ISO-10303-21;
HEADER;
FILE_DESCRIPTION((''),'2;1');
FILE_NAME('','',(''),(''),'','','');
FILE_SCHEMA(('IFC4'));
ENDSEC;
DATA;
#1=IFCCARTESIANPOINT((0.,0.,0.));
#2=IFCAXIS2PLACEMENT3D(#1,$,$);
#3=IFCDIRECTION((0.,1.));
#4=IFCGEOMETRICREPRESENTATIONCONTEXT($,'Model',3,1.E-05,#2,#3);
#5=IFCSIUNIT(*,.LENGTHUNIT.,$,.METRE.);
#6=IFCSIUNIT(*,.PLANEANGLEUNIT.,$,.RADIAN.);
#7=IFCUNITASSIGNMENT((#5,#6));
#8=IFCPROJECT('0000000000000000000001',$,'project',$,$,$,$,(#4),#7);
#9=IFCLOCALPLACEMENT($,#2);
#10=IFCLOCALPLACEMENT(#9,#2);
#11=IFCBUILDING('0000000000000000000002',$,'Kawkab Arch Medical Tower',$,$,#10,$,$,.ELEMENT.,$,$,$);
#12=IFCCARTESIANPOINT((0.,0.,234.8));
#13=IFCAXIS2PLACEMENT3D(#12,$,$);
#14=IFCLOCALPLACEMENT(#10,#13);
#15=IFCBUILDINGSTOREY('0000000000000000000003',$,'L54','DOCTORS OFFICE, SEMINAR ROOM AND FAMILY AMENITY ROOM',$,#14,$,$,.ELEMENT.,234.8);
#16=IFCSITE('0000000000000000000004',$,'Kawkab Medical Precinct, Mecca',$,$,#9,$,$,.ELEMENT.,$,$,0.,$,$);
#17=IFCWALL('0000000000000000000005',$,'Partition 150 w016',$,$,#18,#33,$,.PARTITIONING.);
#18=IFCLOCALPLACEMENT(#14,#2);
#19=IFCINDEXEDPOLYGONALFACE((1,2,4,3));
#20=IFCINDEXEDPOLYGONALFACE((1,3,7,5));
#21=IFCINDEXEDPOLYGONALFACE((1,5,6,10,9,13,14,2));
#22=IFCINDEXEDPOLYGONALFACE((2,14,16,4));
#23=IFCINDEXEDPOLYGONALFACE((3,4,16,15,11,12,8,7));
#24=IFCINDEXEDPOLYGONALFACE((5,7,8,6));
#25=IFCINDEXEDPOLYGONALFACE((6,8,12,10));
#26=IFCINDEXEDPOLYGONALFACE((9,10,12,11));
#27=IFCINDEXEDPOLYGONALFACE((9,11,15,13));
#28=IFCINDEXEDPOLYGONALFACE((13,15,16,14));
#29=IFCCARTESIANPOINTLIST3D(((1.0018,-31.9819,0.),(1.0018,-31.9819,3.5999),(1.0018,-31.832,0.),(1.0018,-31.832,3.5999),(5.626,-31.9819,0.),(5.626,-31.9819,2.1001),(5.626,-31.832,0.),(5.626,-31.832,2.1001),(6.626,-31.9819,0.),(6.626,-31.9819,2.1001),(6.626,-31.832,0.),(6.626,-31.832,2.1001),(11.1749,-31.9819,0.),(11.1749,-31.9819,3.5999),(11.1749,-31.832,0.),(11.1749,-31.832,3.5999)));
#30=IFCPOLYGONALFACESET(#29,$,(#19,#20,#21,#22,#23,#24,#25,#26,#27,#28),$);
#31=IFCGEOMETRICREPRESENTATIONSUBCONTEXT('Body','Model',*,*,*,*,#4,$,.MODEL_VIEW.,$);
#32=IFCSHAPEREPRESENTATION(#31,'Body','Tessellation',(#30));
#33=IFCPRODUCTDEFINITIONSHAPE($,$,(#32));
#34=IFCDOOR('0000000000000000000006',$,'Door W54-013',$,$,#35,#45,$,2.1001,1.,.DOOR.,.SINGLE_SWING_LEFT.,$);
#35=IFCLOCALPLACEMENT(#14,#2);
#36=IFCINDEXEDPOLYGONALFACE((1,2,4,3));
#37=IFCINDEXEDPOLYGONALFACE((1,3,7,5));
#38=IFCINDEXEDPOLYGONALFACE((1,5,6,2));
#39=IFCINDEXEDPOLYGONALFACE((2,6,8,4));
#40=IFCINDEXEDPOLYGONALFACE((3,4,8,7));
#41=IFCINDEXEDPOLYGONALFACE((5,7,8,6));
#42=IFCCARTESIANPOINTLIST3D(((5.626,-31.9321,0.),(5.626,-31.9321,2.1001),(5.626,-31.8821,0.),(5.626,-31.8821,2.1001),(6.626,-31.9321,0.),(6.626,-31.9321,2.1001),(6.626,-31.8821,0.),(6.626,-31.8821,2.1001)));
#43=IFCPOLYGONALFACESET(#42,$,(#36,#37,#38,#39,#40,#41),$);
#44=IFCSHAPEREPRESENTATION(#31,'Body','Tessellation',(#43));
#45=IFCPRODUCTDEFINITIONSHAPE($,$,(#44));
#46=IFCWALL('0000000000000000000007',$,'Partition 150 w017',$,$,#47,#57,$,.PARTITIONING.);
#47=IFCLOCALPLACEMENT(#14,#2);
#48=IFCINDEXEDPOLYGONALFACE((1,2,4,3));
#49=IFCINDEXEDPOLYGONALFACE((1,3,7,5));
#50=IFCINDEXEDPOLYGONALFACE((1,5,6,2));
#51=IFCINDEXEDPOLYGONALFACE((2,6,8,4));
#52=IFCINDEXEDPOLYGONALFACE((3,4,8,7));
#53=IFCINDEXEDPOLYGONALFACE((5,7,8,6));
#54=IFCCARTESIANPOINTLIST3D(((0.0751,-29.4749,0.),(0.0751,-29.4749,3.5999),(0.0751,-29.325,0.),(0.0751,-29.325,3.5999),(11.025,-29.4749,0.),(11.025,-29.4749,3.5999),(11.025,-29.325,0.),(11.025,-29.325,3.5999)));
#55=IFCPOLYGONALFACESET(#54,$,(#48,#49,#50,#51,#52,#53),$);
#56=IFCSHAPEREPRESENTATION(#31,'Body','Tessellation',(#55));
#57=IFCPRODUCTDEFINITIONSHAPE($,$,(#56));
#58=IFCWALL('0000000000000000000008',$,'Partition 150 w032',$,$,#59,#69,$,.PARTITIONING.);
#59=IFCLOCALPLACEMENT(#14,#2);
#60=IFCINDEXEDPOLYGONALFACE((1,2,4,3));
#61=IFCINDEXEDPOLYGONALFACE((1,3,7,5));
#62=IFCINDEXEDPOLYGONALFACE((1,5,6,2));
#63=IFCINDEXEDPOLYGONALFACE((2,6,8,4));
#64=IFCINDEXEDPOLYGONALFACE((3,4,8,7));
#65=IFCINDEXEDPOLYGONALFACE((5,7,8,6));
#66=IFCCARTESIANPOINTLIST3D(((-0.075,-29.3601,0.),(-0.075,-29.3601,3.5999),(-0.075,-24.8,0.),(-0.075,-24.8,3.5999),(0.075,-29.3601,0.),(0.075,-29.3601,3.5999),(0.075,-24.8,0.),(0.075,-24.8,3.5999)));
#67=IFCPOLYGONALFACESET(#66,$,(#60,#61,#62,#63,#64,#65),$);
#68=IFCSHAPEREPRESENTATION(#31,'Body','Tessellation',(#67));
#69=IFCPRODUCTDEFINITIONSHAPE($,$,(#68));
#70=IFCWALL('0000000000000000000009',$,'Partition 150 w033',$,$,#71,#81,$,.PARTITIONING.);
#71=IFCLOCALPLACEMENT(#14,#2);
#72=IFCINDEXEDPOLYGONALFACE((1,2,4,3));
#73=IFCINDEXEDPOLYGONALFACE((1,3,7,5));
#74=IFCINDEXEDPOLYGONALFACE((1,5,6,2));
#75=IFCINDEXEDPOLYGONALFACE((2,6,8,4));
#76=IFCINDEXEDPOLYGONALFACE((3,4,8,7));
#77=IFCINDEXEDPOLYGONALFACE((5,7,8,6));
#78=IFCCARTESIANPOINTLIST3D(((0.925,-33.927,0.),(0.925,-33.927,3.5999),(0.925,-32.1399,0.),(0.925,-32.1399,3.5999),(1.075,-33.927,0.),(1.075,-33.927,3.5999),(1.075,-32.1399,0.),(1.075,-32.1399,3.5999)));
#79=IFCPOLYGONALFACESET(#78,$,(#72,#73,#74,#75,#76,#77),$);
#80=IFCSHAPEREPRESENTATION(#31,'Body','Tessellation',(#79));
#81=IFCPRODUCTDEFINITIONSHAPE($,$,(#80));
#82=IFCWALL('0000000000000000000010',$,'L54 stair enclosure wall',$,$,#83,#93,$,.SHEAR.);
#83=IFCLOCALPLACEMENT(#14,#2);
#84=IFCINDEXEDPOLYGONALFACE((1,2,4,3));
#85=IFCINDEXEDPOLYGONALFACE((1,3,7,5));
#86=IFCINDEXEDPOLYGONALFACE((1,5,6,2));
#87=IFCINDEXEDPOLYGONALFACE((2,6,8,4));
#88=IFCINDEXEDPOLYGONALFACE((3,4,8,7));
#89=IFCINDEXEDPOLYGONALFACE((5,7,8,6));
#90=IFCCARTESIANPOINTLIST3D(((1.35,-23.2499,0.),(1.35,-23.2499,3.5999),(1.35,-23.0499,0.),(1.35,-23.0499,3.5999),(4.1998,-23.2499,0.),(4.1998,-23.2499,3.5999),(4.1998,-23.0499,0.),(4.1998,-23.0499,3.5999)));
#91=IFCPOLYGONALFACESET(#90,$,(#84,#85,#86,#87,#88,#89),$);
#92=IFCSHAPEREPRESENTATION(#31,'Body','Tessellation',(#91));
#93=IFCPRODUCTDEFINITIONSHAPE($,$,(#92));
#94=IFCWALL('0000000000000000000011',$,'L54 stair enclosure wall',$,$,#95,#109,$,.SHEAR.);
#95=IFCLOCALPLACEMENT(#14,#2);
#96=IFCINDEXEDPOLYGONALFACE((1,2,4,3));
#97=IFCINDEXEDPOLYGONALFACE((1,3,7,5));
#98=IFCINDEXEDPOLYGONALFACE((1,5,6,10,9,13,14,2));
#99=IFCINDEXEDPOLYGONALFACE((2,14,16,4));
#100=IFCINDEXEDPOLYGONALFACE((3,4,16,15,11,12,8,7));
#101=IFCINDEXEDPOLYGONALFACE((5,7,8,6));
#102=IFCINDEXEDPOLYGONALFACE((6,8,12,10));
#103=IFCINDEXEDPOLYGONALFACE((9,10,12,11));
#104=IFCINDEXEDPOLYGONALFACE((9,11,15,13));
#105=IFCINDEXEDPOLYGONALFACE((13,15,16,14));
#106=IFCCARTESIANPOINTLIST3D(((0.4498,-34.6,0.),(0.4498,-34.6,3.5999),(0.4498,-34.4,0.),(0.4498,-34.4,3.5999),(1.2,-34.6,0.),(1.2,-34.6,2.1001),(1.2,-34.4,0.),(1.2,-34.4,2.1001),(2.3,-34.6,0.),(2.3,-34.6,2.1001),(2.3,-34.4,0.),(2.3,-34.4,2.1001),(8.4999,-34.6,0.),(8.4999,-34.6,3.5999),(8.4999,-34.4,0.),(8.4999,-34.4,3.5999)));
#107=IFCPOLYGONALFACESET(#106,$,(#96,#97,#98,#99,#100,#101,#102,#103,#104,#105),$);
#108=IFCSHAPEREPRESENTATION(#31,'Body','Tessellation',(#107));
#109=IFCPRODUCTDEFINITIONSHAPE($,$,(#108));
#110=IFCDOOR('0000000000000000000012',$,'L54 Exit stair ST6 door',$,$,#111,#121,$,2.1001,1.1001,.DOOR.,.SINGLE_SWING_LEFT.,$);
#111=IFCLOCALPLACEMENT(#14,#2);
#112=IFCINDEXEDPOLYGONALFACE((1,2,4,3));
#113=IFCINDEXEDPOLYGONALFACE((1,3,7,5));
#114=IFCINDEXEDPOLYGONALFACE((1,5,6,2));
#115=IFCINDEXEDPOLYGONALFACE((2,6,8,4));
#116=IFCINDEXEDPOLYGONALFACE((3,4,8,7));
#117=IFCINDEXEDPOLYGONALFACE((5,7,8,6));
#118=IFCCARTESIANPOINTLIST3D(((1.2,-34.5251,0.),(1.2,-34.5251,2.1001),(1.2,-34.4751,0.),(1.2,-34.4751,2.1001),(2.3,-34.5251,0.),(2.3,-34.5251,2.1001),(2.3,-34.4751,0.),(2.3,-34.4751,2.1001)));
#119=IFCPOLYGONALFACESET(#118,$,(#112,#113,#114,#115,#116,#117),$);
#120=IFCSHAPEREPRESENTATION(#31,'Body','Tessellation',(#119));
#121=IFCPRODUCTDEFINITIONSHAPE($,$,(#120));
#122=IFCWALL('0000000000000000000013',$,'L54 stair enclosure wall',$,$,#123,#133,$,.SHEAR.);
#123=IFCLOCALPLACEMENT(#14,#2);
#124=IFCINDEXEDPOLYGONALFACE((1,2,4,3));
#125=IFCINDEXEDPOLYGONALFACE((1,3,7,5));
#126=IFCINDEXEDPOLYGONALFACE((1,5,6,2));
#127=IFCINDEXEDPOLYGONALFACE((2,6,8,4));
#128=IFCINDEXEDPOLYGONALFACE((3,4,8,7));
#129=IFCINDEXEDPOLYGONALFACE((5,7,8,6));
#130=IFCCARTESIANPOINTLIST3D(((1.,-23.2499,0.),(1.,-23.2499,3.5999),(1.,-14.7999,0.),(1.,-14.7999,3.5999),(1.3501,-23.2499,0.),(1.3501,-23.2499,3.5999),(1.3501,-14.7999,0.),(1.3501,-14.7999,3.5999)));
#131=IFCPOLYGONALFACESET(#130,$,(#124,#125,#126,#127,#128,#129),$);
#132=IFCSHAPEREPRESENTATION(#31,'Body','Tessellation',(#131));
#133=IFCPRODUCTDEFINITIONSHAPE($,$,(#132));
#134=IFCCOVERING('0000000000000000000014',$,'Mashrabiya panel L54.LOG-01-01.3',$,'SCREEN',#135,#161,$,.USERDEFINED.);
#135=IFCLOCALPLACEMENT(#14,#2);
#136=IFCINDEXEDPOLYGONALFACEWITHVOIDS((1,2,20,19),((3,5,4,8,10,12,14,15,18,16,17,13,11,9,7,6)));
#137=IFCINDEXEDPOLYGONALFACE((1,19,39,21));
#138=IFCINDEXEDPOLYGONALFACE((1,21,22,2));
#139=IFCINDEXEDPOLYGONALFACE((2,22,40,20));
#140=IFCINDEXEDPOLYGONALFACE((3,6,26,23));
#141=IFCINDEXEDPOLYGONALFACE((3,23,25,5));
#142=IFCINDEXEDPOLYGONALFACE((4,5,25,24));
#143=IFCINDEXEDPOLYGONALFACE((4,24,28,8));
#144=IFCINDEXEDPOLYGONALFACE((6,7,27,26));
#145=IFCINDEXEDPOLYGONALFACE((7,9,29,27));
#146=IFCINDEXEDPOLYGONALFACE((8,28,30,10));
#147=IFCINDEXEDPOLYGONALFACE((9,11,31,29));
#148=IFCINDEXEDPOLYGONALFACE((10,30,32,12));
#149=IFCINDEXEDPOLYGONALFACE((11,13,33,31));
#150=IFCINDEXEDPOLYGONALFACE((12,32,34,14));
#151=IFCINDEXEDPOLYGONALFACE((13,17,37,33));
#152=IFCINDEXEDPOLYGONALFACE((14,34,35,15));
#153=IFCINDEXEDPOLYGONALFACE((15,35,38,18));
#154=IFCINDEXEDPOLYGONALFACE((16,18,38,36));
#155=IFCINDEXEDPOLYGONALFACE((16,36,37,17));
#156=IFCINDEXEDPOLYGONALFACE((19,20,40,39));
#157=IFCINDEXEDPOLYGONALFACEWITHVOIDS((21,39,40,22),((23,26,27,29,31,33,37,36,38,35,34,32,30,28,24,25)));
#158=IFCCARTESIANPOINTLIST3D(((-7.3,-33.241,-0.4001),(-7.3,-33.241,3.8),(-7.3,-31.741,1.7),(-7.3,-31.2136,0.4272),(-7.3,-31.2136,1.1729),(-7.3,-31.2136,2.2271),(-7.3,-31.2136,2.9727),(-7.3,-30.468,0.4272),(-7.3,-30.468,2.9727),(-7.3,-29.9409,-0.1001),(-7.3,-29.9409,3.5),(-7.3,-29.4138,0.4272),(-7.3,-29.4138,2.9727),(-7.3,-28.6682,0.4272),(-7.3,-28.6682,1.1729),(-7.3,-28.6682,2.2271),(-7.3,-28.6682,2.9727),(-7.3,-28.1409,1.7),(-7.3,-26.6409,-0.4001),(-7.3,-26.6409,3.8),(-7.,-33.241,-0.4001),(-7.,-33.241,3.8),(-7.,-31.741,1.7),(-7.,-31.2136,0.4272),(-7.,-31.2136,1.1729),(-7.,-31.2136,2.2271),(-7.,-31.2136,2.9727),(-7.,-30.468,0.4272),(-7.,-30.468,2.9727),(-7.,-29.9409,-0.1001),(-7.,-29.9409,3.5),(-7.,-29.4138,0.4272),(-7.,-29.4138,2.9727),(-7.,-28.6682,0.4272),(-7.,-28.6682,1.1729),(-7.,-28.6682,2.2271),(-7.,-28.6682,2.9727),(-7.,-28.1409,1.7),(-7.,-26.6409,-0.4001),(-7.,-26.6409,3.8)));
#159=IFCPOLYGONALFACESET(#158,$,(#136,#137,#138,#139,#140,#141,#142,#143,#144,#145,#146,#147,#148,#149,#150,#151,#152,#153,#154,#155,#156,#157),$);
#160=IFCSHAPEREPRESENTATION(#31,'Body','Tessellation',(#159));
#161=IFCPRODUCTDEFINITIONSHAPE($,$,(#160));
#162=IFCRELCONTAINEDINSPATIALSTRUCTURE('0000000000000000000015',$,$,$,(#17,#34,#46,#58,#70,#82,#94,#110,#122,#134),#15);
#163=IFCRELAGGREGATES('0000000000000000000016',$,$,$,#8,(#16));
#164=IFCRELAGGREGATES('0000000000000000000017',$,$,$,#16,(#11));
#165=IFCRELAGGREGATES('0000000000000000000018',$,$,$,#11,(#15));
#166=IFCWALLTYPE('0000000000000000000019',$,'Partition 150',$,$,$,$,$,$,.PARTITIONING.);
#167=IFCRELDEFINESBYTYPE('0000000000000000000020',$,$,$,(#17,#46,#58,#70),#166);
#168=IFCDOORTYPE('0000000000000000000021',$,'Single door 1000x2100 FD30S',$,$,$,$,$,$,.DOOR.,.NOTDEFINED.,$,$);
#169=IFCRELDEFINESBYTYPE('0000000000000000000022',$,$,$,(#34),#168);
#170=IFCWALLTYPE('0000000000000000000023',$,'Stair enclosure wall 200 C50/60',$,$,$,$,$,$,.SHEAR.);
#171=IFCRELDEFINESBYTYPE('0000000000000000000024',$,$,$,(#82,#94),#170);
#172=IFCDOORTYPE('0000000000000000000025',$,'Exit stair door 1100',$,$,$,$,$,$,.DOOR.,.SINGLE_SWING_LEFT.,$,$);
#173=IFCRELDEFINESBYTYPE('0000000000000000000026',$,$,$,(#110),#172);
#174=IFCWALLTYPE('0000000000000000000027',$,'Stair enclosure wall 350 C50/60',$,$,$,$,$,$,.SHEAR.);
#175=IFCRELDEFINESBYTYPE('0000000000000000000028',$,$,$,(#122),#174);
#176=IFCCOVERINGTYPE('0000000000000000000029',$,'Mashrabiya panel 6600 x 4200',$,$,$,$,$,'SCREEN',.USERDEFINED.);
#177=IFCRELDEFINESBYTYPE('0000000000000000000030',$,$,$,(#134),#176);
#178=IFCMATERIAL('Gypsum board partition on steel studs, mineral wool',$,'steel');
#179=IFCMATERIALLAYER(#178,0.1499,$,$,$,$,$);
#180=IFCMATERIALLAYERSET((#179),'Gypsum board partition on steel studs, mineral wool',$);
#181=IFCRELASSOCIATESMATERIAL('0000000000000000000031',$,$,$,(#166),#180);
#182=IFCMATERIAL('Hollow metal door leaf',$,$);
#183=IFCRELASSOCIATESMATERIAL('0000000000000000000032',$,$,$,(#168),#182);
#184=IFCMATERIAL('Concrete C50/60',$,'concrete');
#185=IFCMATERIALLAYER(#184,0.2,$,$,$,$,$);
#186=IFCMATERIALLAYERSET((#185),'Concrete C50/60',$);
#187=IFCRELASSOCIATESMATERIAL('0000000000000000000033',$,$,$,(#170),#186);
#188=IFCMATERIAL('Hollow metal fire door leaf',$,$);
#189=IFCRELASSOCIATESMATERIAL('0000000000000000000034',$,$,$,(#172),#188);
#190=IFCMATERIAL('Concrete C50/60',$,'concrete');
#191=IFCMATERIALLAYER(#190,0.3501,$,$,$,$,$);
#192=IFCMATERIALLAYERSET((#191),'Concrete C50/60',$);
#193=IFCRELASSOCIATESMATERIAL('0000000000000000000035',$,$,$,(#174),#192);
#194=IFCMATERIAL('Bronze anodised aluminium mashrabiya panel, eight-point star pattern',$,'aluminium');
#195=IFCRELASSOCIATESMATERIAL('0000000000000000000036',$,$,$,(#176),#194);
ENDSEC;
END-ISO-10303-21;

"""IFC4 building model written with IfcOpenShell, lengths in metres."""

from ifc_helpers import new_model, si_unit, direction, frame, frame_2d, origin, place, context, subcontext, project, spatial, polyline, rectangle, outline, extrude, material, layer, layer_set, material_profile, profile_set, type_object, element, fill, save


model = new_model("IFC4")

# Units and contexts
model_context = context("Model", 3, precision=1e-05, world=origin(), true_north=direction((0.0, 1.0)))
body_context = subcontext(model_context, "Body", "Model", "MODEL_VIEW")
ifc_project = project(units=[si_unit("LENGTHUNIT", "METRE"), si_unit("PLANEANGLEUNIT", "RADIAN")], contexts=[model_context])

# Site, building, storey
site_placement = place(None, origin())
site = spatial("IfcSite", under=ifc_project, at=site_placement, Name="Kawkab Medical Precinct, Mecca", CompositionType="ELEMENT", RefElevation=0.0)
building_placement = place(site_placement, origin())
building = spatial("IfcBuilding", under=site, at=building_placement, Name="Kawkab Arch Medical Tower", CompositionType="ELEMENT")
storey_placement = place(building_placement, frame((0.0, 0.0, 234.8)))
storey = spatial("IfcBuildingStorey", under=building, at=storey_placement, Name="L54", Description="DOCTORS OFFICE, SEMINAR ROOM AND FAMILY AMENITY ROOM", CompositionType="ELEMENT", Elevation=234.8)

# Shared definitions
ifc_material_1 = material(Name="Gypsum board partition on steel studs, mineral wool", Category="steel")
ifc_layer_1 = layer(ifc_material_1, 0.1499)
ifc_layer_set_1 = layer_set([ifc_layer_1], Name="Gypsum board partition on steel studs, mineral wool")
wall_type_1 = type_object("IfcWallType", Name="Partition 150", PredefinedType="PARTITIONING", material=ifc_layer_set_1)

# Wall, opening, door
wall_1_placement = place(storey_placement, frame((1.002, -31.907, 0.0), z_axis=(0.0, 0.0, 1.0), x_axis=(1.0, 0.0, 0.0)))
wall_1 = element("IfcWall", 1, at=wall_1_placement, inside=storey, type_object=wall_type_1, Name="Partition 150 w016", PredefinedType="PARTITIONING", context=body_context, shape_type="SweptSolid", body=[
    extrude(rectangle(XDim=10.1731, YDim=0.1499, at=frame_2d((5.0864, 0.0))), origin(), (0.0, 0.0, 1.0), 3.5999),
])
opening_1_placement = place(wall_1_placement, frame((4.624, 0.0, 0.0)))
opening_1 = element("IfcOpeningElement", 2, at=opening_1_placement, cuts=wall_1, PredefinedType="OPENING", context=body_context, shape_type="SweptSolid", body=[
    extrude(rectangle(XDim=1.0, YDim=2.1001, at=frame_2d((0.5, 1.05))), frame((0.0, 0.085, 0.0), z_axis=(0.0, -1.0, 0.0), x_axis=(1.0, 0.0, 0.0)), (0.0, 0.0, 1.0), 0.1699),
])
ifc_material_2 = material(Name="Hollow metal door leaf")
door_type_1 = type_object("IfcDoorType", Name="Single door 1000x2100 FD30S", OperationType="NOTDEFINED", PredefinedType="DOOR", material=ifc_material_2)
door_1_placement = place(opening_1_placement, origin())
door_1 = element("IfcDoor", 3, at=door_1_placement, inside=storey, type_object=door_type_1, Name="Door W54-013", OperationType="SINGLE_SWING_LEFT", OverallHeight=2.1001, OverallWidth=1.0, PredefinedType="DOOR", context=body_context, shape_type="SweptSolid", body=[
    extrude(rectangle(XDim=1.0, YDim=2.1001, at=frame_2d((0.5, 1.05))), frame((0.0, 0.0249, 0.0), z_axis=(0.0, -1.0, 0.0), x_axis=(1.0, 0.0, 0.0)), (0.0, 0.0, 1.0), 0.05),
])
fill(opening_1, door_1)

# Walls
wall_2_placement = place(storey_placement, frame((0.075, -29.3999, 0.0), z_axis=(0.0, 0.0, 1.0), x_axis=(1.0, 0.0, 0.0)))
element("IfcWall", 4, at=wall_2_placement, inside=storey, type_object=wall_type_1, Name="Partition 150 w017", PredefinedType="PARTITIONING", context=body_context, shape_type="SweptSolid", body=[
    extrude(rectangle(XDim=10.95, YDim=0.1499, at=frame_2d((5.4751, 0.0))), origin(), (0.0, 0.0, 1.0), 3.5999),
])
wall_3_placement = place(storey_placement, frame((0.0, -29.3601, 0.0), z_axis=(0.0, 0.0, 1.0), x_axis=(0.0, 1.0, 0.0)))
element("IfcWall", 5, at=wall_3_placement, inside=storey, type_object=wall_type_1, Name="Partition 150 w032", PredefinedType="PARTITIONING", context=body_context, shape_type="SweptSolid", body=[
    extrude(rectangle(XDim=4.5601, YDim=0.1499, at=frame_2d((2.28, 0.0))), origin(), (0.0, 0.0, 1.0), 3.5999),
])
wall_4_placement = place(storey_placement, frame((1.0, -33.927, 0.0), z_axis=(0.0, 0.0, 1.0), x_axis=(0.0, 1.0, 0.0)))
element("IfcWall", 6, at=wall_4_placement, inside=storey, type_object=wall_type_1, Name="Partition 150 w033", PredefinedType="PARTITIONING", context=body_context, shape_type="SweptSolid", body=[
    extrude(rectangle(XDim=1.7871, YDim=0.1499, at=frame_2d((0.8936, 0.0))), origin(), (0.0, 0.0, 1.0), 3.5999),
])
ifc_material_3 = material(Name="Concrete C50/60", Category="concrete")
ifc_layer_2 = layer(ifc_material_3, 0.2)
ifc_layer_set_2 = layer_set([ifc_layer_2], Name="Concrete C50/60")
wall_type_2 = type_object("IfcWallType", Name="Stair enclosure wall 200 C50/60", PredefinedType="SHEAR", material=ifc_layer_set_2)
wall_5_placement = place(storey_placement, frame((1.3501, -23.1499, 0.0), z_axis=(0.0, 0.0, 1.0), x_axis=(1.0, 0.0, 0.0)))
element("IfcWall", 7, at=wall_5_placement, inside=storey, type_object=wall_type_2, Name="L54 stair enclosure wall", PredefinedType="SHEAR", context=body_context, shape_type="SweptSolid", body=[
    extrude(rectangle(XDim=2.8499, YDim=0.2, at=frame_2d((1.4248, 0.0))), origin(), (0.0, 0.0, 1.0), 3.5999),
])

# Wall, opening, door
wall_6_placement = place(storey_placement, frame((0.45, -34.5, 0.0), z_axis=(0.0, 0.0, 1.0), x_axis=(1.0, 0.0, 0.0)))
wall_6 = element("IfcWall", 8, at=wall_6_placement, inside=storey, type_object=wall_type_2, Name="L54 stair enclosure wall", PredefinedType="SHEAR", context=body_context, shape_type="SweptSolid", body=[
    extrude(rectangle(XDim=8.05, YDim=0.2, at=frame_2d((4.0249, 0.0))), origin(), (0.0, 0.0, 1.0), 3.5999),
])
opening_2_placement = place(wall_6_placement, frame((0.75, 0.0, 0.0)))
opening_2 = element("IfcOpeningElement", 9, at=opening_2_placement, cuts=wall_6, PredefinedType="OPENING", context=body_context, shape_type="SweptSolid", body=[
    extrude(rectangle(XDim=1.1001, YDim=2.1001, at=frame_2d((0.55, 1.05))), frame((0.0, 0.1099, 0.0), z_axis=(0.0, -1.0, 0.0), x_axis=(1.0, 0.0, 0.0)), (0.0, 0.0, 1.0), 0.22),
])
ifc_material_4 = material(Name="Hollow metal fire door leaf")
door_type_2 = type_object("IfcDoorType", Name="Exit stair door 1100", OperationType="SINGLE_SWING_LEFT", PredefinedType="DOOR", material=ifc_material_4)
door_2_placement = place(opening_2_placement, origin())
door_2 = element("IfcDoor", 10, at=door_2_placement, inside=storey, type_object=door_type_2, Name="L54 Exit stair ST6 door", OperationType="SINGLE_SWING_LEFT", OverallHeight=2.1001, OverallWidth=1.1001, PredefinedType="DOOR", context=body_context, shape_type="SweptSolid", body=[
    extrude(rectangle(XDim=1.1001, YDim=2.1001, at=frame_2d((0.55, 1.05))), frame((0.0, 0.0249, 0.0), z_axis=(0.0, -1.0, 0.0), x_axis=(1.0, 0.0, 0.0)), (0.0, 0.0, 1.0), 0.05),
])
fill(opening_2, door_2)

# Wall
ifc_material_5 = material(Name="Concrete C50/60", Category="concrete")
ifc_layer_3 = layer(ifc_material_5, 0.3501)
ifc_layer_set_3 = layer_set([ifc_layer_3], Name="Concrete C50/60")
wall_type_3 = type_object("IfcWallType", Name="Stair enclosure wall 350 C50/60", PredefinedType="SHEAR", material=ifc_layer_set_3)
wall_7_placement = place(storey_placement, frame((1.175, -23.25, 0.0), z_axis=(0.0, 0.0, 1.0), x_axis=(0.0, 1.0, 0.0)))
element("IfcWall", 11, at=wall_7_placement, inside=storey, type_object=wall_type_3, Name="L54 stair enclosure wall", PredefinedType="SHEAR", context=body_context, shape_type="SweptSolid", body=[
    extrude(rectangle(XDim=8.45, YDim=0.3501, at=frame_2d((4.2251, 0.0))), origin(), (0.0, 0.0, 1.0), 3.5999),
])

# Covering
ifc_material_6 = material(Name="Bronze anodised aluminium mashrabiya panel, eight-point star pattern", Category="aluminium")
ifc_material_profile_1 = material_profile(ifc_material_6, outline(polyline([(-3.3, -2.1001), (3.3, -2.1001), (3.3, 2.1001), (-3.3, 2.1001), (-3.3, -2.1001)]), holes=[polyline([(1.8, 0.0), (1.2727, 0.5271), (1.2727, 1.2727), (0.5271, 1.2727), (0.0, 1.8), (-0.5271, 1.2727), (-1.2727, 1.2727), (-1.2727, 0.5271), (-1.8, 0.0), (-1.2727, -0.5271), (-1.2727, -1.2727), (-0.5271, -1.2727), (0.0, -1.8), (0.5271, -1.2727), (1.2727, -1.2727), (1.2727, -0.5271), (1.8, 0.0)])]), Name="Mashrabiya panel 6600x4200")
ifc_profile_set_1 = profile_set([ifc_material_profile_1], Name="Bronze anodised aluminium mashrabiya panel, eight-point star pattern")
covering_type_1 = type_object("IfcCoveringType", Name="Mashrabiya panel 6600 x 4200", ElementType="SCREEN", PredefinedType="USERDEFINED", material=ifc_profile_set_1)
covering_1_placement = place(storey_placement, frame((-7.0, -29.9409, 1.7), z_axis=(-1.0, 0.0, 0.0), x_axis=(0.0, -1.0, 0.0)))
element("IfcCovering", 12, at=covering_1_placement, inside=storey, type_object=covering_type_1, Name="Mashrabiya panel L54.LOG-01-01.3", ObjectType="SCREEN", PredefinedType="USERDEFINED", context=body_context, shape_type="SweptSolid", body=[
    extrude(outline(polyline([(-3.3, -2.1001), (3.3, -2.1001), (3.3, 2.1001), (-3.3, 2.1001), (-3.3, -2.1001)]), holes=[polyline([(1.8, 0.0), (1.2727, 0.5271), (1.2727, 1.2727), (0.5271, 1.2727), (0.0, 1.8), (-0.5271, 1.2727), (-1.2727, 1.2727), (-1.2727, 0.5271), (-1.8, 0.0), (-1.2727, -0.5271), (-1.2727, -1.2727), (-0.5271, -1.2727), (0.0, -1.8), (0.5271, -1.2727), (1.2727, -1.2727), (1.2727, -0.5271), (1.8, 0.0)])]), origin(), (0.0, 0.0, 1.0), 0.3),
])

save(model, "model.ifc")
